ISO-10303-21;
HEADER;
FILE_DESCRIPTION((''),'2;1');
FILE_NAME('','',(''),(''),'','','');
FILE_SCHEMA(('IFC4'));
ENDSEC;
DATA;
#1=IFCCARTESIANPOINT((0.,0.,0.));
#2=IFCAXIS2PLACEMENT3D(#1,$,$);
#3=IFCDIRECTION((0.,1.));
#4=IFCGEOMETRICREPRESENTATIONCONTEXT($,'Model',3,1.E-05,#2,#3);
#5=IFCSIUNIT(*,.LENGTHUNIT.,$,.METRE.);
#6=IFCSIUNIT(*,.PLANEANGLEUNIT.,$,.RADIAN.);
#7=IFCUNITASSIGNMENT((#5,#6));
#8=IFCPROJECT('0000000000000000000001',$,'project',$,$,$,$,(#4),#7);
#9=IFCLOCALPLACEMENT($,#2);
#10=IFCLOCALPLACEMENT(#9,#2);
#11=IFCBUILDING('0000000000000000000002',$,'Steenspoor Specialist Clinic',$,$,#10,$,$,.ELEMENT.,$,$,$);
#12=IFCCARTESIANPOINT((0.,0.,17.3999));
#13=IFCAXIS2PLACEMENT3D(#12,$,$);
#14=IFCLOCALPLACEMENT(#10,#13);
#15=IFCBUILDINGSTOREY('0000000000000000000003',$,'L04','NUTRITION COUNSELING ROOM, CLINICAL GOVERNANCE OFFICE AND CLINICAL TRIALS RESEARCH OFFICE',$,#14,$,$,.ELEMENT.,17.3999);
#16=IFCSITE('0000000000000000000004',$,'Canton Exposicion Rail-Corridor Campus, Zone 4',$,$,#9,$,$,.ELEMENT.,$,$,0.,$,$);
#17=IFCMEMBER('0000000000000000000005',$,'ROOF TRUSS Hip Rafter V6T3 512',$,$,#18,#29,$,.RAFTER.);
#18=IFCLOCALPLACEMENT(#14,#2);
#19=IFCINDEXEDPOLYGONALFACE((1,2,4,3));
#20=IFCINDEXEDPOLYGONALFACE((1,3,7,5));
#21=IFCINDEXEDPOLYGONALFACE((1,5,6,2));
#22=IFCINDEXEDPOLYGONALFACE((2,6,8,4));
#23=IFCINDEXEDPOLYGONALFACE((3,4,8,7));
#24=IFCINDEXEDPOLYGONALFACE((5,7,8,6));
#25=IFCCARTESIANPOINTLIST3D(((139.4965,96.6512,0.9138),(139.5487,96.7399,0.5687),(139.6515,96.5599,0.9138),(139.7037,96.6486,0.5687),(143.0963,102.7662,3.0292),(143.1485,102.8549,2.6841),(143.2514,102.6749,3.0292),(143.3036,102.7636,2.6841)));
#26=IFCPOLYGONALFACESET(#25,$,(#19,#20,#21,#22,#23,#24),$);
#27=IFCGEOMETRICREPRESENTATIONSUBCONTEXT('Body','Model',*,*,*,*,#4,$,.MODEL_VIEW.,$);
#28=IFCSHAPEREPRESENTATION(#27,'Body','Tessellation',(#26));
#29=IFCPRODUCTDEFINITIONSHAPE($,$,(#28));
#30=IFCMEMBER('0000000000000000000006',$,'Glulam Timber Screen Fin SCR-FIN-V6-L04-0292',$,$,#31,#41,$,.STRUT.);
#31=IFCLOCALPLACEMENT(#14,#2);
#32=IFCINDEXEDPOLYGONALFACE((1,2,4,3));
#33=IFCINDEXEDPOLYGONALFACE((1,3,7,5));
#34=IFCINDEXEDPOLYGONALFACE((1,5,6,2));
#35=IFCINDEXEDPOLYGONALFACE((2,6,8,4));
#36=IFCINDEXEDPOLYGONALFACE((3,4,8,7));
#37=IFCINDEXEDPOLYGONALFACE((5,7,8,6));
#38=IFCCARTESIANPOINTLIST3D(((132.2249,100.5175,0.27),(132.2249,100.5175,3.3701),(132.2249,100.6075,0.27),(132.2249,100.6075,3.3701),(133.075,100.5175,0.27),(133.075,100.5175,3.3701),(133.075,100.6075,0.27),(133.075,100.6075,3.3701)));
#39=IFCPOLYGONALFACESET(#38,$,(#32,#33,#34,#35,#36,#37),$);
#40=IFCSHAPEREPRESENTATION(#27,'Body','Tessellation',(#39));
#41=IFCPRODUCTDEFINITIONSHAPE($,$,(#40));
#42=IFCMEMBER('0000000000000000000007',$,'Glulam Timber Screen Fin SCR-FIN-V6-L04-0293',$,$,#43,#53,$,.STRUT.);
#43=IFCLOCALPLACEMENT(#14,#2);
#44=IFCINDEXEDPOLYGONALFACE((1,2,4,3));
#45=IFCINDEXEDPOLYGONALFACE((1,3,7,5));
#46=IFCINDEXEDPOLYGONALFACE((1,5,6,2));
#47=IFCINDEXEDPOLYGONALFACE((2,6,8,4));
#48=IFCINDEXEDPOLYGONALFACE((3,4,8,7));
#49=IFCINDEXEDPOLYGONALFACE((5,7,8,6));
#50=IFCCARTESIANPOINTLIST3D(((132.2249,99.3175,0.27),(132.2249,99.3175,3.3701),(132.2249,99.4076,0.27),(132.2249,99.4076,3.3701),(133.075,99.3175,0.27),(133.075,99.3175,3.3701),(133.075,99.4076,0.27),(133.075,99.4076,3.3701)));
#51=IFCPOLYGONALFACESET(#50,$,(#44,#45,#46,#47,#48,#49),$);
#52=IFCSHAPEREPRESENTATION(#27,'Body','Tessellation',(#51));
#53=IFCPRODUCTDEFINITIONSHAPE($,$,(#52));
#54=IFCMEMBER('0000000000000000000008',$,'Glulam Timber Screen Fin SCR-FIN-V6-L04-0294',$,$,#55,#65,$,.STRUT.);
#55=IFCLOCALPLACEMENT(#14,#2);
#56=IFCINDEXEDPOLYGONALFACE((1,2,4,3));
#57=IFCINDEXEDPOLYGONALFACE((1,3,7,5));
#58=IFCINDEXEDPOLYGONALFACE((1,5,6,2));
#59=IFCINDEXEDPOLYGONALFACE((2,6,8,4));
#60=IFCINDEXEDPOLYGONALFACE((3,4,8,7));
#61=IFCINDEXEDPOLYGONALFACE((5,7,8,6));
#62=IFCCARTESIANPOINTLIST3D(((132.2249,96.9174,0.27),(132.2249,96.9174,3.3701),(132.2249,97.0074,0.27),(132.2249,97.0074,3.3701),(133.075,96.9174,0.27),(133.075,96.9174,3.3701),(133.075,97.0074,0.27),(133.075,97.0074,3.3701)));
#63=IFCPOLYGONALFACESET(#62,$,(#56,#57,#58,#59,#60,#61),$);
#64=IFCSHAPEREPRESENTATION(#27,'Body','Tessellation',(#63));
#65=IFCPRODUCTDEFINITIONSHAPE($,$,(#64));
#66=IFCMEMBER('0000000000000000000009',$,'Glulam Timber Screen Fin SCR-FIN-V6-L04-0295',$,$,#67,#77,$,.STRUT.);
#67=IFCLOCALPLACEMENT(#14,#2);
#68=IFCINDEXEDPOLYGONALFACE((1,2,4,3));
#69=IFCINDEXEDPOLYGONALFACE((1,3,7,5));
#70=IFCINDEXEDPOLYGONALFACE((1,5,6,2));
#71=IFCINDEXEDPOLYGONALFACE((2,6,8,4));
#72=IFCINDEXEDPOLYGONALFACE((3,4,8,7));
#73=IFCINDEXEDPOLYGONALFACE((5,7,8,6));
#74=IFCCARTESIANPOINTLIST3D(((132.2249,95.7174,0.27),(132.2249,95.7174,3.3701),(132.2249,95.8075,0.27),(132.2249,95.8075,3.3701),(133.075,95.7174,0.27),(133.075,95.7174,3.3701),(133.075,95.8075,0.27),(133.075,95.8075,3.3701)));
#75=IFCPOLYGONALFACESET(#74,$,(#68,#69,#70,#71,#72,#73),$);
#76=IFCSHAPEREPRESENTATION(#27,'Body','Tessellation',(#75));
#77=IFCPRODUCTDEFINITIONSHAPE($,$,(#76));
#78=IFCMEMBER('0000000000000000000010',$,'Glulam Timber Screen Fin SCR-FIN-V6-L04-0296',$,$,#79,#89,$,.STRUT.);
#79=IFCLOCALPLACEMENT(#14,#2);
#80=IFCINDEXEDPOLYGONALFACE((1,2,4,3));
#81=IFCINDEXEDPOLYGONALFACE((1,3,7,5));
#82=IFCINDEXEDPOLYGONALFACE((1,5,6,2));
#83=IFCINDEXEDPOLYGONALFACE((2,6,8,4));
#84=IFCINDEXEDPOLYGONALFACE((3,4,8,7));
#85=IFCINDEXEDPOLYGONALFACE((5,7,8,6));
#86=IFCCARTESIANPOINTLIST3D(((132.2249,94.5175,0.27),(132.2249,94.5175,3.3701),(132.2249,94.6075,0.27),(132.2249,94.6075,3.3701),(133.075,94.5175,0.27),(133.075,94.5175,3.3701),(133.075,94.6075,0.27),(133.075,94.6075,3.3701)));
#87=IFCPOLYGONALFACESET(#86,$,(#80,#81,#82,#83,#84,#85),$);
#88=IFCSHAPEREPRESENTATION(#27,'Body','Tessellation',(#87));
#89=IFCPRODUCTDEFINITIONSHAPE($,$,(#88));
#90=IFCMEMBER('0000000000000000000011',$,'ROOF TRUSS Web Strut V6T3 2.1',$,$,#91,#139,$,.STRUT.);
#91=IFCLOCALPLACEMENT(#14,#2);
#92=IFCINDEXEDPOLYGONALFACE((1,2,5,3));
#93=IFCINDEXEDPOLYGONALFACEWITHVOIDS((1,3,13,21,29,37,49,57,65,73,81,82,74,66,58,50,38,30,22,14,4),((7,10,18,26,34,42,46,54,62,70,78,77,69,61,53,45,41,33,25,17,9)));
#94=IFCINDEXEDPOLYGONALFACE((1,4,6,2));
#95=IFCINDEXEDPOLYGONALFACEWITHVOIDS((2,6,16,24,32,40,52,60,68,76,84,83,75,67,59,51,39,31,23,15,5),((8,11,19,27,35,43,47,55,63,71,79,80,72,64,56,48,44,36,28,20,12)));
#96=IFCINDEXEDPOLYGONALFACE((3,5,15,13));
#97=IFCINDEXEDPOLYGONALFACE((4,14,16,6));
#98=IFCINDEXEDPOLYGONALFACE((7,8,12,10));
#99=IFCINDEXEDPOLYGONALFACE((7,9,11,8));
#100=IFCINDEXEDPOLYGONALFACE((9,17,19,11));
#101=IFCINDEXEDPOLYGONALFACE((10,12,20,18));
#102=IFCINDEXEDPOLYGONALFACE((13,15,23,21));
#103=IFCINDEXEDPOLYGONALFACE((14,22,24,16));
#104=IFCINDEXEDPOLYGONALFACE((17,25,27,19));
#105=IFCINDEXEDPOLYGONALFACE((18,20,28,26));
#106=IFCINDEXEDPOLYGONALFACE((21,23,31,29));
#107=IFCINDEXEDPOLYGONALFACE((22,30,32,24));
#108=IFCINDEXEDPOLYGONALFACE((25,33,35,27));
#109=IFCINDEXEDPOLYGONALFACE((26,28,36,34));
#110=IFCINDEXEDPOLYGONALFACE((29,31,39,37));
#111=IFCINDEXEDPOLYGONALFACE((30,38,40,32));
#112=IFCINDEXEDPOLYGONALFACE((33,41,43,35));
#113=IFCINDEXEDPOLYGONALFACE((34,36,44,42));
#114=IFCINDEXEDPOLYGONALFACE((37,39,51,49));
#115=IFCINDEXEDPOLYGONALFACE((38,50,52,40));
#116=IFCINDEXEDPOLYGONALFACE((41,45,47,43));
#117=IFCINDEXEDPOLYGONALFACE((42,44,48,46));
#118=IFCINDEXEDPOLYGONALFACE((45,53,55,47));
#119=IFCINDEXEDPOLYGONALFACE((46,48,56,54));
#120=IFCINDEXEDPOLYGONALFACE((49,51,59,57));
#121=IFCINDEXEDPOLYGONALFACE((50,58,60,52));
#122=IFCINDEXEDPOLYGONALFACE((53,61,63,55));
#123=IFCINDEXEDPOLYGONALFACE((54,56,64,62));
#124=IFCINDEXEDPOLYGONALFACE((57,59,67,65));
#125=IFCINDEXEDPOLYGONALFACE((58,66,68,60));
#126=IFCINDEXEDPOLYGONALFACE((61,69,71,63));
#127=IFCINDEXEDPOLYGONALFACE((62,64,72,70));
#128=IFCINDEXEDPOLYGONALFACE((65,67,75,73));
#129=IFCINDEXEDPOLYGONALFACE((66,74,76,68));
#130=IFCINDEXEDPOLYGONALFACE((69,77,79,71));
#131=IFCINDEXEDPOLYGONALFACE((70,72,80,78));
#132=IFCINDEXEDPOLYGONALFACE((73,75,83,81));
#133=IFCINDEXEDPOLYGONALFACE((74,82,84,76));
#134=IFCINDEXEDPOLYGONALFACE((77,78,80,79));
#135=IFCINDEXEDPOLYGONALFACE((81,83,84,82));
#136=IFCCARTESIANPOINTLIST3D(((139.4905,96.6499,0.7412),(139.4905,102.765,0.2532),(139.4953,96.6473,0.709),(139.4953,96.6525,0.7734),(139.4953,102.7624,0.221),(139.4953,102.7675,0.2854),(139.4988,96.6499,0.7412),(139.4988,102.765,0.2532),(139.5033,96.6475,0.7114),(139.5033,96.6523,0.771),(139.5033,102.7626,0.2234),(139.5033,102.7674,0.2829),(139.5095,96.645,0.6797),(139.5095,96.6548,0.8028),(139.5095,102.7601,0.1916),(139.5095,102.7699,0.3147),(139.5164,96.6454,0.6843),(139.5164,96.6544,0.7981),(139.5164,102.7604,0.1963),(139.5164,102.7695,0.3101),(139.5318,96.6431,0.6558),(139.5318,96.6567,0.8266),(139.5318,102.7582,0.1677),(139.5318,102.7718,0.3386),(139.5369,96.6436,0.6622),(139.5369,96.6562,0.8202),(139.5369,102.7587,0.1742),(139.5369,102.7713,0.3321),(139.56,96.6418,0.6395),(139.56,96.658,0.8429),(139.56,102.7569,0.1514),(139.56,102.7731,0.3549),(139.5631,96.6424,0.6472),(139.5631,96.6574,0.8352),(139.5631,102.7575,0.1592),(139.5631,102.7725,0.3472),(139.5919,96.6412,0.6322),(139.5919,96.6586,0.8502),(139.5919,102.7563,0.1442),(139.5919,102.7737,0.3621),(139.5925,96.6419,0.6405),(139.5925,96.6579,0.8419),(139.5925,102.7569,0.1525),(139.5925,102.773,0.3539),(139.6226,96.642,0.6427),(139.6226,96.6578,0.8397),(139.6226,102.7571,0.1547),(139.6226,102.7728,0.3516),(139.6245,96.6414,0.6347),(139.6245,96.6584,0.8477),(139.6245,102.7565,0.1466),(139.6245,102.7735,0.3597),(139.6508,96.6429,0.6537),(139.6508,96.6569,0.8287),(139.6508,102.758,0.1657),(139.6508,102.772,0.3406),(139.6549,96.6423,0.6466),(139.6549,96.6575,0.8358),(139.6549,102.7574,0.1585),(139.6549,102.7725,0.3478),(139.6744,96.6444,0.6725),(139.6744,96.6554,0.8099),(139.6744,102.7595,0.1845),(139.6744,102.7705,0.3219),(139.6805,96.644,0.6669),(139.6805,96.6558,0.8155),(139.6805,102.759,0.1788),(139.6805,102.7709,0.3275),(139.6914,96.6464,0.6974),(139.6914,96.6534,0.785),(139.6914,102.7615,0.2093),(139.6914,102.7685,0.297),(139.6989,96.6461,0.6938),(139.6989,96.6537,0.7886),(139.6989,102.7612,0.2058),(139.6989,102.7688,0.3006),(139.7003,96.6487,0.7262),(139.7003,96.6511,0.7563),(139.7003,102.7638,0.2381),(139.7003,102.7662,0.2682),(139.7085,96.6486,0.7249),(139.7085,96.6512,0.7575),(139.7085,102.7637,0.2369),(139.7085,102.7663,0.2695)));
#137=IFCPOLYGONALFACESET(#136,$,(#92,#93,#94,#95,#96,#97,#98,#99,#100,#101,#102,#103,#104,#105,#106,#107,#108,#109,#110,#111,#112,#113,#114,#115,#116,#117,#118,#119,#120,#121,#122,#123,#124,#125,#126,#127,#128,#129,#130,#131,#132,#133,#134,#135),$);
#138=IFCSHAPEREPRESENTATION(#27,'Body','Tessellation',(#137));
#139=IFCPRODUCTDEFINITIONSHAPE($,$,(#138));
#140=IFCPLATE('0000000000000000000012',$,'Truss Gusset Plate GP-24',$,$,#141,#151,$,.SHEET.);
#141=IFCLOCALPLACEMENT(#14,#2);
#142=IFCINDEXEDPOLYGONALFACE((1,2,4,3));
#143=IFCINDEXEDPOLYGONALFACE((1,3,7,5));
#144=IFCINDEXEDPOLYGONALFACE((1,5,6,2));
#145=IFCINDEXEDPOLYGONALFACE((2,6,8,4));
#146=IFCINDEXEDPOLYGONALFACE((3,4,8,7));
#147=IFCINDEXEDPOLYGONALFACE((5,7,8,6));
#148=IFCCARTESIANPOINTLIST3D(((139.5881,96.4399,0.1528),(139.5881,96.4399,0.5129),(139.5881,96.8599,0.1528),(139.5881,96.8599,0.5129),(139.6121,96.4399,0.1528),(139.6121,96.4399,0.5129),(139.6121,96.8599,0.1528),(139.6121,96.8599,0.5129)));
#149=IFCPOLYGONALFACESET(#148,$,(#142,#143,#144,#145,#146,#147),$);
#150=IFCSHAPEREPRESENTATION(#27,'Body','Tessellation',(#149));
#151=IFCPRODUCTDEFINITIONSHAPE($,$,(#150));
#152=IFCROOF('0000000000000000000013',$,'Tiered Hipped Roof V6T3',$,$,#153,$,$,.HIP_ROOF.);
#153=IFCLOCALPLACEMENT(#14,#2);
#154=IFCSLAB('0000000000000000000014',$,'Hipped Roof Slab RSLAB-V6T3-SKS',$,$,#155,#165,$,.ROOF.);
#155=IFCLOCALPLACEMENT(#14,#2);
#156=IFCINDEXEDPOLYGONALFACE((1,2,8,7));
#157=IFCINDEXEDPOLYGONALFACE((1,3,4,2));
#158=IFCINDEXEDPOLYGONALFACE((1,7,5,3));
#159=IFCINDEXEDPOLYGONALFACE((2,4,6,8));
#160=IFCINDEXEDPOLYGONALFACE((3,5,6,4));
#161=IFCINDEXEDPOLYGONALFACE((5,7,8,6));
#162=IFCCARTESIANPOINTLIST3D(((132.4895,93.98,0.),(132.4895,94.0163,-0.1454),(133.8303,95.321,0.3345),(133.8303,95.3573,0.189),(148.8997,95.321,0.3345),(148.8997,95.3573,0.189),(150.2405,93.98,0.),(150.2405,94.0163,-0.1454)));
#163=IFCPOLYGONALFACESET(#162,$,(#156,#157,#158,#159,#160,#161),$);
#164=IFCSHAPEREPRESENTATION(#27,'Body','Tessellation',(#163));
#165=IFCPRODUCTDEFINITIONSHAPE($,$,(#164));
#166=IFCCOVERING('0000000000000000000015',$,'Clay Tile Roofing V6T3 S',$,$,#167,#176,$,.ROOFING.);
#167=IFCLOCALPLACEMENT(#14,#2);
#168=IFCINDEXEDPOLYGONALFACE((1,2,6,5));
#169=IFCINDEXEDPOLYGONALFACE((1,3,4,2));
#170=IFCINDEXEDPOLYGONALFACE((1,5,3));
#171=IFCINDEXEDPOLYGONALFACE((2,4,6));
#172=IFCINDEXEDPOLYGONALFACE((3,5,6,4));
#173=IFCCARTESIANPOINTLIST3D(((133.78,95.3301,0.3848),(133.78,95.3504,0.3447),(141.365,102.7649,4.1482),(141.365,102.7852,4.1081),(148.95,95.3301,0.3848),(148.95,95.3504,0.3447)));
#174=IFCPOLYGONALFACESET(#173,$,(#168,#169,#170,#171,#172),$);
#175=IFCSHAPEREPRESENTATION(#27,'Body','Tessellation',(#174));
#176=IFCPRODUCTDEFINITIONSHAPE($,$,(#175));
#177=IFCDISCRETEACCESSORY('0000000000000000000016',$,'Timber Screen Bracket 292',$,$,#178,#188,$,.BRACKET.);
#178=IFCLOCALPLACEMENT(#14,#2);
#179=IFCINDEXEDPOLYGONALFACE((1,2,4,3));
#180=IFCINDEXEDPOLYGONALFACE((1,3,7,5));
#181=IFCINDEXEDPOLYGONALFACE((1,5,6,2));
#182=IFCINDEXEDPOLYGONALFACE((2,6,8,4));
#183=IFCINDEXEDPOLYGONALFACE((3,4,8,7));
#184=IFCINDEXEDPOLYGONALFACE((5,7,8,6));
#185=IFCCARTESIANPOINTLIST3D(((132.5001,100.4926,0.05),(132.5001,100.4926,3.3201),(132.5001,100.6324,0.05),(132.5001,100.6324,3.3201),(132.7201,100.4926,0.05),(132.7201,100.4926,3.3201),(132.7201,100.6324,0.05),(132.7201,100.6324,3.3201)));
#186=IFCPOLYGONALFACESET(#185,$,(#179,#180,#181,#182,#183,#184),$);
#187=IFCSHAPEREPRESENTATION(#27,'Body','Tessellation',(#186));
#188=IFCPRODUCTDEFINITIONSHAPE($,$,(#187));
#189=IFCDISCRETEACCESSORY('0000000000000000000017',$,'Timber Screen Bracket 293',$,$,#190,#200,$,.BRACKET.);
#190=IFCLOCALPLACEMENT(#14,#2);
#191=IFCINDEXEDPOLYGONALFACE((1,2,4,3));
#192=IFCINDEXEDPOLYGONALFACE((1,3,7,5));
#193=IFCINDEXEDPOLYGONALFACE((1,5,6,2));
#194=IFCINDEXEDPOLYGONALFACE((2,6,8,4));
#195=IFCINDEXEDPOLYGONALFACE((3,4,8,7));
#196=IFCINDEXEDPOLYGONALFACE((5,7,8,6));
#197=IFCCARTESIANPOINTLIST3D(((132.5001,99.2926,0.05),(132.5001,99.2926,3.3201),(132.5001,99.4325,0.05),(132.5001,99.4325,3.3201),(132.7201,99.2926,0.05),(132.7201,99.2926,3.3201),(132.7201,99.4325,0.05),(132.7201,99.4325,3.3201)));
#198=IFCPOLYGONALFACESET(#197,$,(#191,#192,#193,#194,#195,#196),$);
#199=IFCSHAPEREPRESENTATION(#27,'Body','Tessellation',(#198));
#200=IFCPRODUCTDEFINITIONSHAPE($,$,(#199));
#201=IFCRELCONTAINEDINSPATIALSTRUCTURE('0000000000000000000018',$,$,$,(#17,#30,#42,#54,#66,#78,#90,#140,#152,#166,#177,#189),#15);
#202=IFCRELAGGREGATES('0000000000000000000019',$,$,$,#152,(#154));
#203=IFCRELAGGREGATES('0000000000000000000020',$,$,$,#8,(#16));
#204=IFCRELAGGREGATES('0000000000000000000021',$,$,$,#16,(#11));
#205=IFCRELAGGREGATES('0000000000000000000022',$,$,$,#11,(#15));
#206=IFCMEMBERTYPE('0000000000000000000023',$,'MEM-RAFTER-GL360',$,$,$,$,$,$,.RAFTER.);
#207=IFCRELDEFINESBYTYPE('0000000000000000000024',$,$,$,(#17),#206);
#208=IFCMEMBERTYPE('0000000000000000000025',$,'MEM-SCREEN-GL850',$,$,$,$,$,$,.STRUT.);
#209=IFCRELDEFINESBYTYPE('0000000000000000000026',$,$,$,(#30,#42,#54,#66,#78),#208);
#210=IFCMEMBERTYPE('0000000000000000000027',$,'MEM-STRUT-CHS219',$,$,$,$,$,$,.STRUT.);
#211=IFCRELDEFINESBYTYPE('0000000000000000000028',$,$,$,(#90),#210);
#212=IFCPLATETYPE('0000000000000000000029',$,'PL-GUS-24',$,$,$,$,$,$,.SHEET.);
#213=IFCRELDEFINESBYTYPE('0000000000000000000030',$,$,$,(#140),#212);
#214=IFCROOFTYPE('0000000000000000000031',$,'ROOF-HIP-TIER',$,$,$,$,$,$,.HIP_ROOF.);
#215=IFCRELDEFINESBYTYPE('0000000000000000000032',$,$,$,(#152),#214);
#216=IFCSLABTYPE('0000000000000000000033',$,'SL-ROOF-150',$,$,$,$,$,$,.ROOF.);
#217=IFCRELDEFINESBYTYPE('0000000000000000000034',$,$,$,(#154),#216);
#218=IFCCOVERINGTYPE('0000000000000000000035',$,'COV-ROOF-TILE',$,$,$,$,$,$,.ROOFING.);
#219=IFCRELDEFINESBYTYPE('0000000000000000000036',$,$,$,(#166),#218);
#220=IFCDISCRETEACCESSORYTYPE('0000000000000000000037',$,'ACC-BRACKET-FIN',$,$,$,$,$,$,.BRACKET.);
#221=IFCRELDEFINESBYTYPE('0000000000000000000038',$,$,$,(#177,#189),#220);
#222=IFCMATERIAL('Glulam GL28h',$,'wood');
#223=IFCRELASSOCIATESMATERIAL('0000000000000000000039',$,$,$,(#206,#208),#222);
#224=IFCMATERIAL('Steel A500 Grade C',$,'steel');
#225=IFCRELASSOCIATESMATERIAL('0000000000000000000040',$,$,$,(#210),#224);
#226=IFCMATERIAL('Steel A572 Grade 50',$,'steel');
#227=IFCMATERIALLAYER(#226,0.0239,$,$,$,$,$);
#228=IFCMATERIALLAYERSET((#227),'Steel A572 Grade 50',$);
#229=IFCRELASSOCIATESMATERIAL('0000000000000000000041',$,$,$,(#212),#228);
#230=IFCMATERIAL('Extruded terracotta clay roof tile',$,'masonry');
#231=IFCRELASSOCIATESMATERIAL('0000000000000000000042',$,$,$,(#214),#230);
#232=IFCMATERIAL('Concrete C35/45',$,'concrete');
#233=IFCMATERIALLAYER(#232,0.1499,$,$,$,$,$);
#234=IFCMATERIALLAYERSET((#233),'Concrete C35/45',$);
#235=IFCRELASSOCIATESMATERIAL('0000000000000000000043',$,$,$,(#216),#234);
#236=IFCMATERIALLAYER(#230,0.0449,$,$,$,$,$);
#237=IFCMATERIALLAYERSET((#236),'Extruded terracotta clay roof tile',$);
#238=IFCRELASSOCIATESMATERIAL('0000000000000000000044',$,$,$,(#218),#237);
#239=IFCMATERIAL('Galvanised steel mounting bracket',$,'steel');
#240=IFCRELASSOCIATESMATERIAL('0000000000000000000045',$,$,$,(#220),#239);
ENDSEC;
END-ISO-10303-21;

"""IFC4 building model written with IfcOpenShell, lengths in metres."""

from ifc_helpers import new_model, si_unit, direction, frame, origin, origin_2d, place, context, subcontext, project, spatial, polyline, rectangle, hollow_circle, outline, extrude, material, layer, layer_set, material_profile, profile_set, type_object, element, aggregate, save


model = new_model("IFC4")

# Units and contexts
model_context = context("Model", 3, precision=1e-05, world=origin(), true_north=direction((0.0, 1.0)))
body_context = subcontext(model_context, "Body", "Model", "MODEL_VIEW")
ifc_project = project(units=[si_unit("LENGTHUNIT", "METRE"), si_unit("PLANEANGLEUNIT", "RADIAN")], contexts=[model_context])

# Site, building, storey
site_placement = place(None, origin())
site = spatial("IfcSite", under=ifc_project, at=site_placement, Name="Canton Exposicion Rail-Corridor Campus, Zone 4", CompositionType="ELEMENT", RefElevation=0.0)
building_placement = place(site_placement, origin())
building = spatial("IfcBuilding", under=site, at=building_placement, Name="Steenspoor Specialist Clinic", CompositionType="ELEMENT")
storey_placement = place(building_placement, frame((0.0, 0.0, 17.3999)))
storey = spatial("IfcBuildingStorey", under=building, at=storey_placement, Name="L04", Description="NUTRITION COUNSELING ROOM, CLINICAL GOVERNANCE OFFICE AND CLINICAL TRIALS RESEARCH OFFICE", CompositionType="ELEMENT", Elevation=17.3999)

# Shared definitions
ifc_material_1 = material(Name="Glulam GL28h", Category="wood")

# Members
ifc_material_2 = material(Name="Steel A500 Grade C", Category="steel")
ifc_material_profile_1 = material_profile(ifc_material_1, rectangle(XDim=0.1799, YDim=0.3601, at=origin_2d()), Name="GL28H-180X360")
ifc_profile_set_1 = profile_set([ifc_material_profile_1], Name="Glulam GL28h")
member_type_1 = type_object("IfcMemberType", Name="MEM-RAFTER-GL360", PredefinedType="RAFTER", material=ifc_profile_set_1)
member_1_placement = place(storey_placement, frame((139.6001, 96.6499, 0.7412), z_axis=(0.486168, 0.825843, 0.2857), x_axis=(-0.861762, 0.507313, 0.0)))
element("IfcMember", 1, at=member_1_placement, inside=storey, type_object=member_type_1, Name="ROOF TRUSS Hip Rafter V6T3 512", PredefinedType="RAFTER", context=body_context, shape_type="SweptSolid", body=[
    extrude(rectangle(XDim=0.1799, YDim=0.3601, at=origin_2d()), origin(), (0.0, 0.0, 1.0), 7.4045),
])
ifc_material_profile_2 = material_profile(ifc_material_1, rectangle(XDim=0.0901, YDim=0.8501, at=origin_2d()), Name="GL28H-90X850")
ifc_profile_set_2 = profile_set([ifc_material_profile_2], Name="Glulam GL28h")
member_type_2 = type_object("IfcMemberType", Name="MEM-SCREEN-GL850", PredefinedType="STRUT", material=ifc_profile_set_2)
for number, where, z_axis, x_axis, name in (
    (2, (132.6499, 100.5625, 0.27), (0.0, 0.0, 1.0), (0.0, -1.0, 0.0), "Glulam Timber Screen Fin SCR-FIN-V6-L04-0292"),
    (3, (132.6499, 99.3625, 0.27), (0.0, 0.0, 1.0), (0.0, -1.0, 0.0), "Glulam Timber Screen Fin SCR-FIN-V6-L04-0293"),
    (4, (132.6499, 96.9624, 0.27), (0.0, 0.0, 1.0), (0.0, -1.0, 0.0), "Glulam Timber Screen Fin SCR-FIN-V6-L04-0294"),
    (5, (132.6499, 95.7625, 0.27), (0.0, 0.0, 1.0), (0.0, -1.0, 0.0), "Glulam Timber Screen Fin SCR-FIN-V6-L04-0295"),
    (6, (132.6499, 94.5625, 0.27), (0.0, 0.0, 1.0), (0.0, -1.0, 0.0), "Glulam Timber Screen Fin SCR-FIN-V6-L04-0296"),
):
    element("IfcMember", number, at=place(storey_placement, frame(where, z_axis=z_axis, x_axis=x_axis)), inside=storey, type_object=member_type_2, Name=name, PredefinedType="STRUT", context=body_context, shape_type="SweptSolid", body=[
        extrude(rectangle(XDim=0.0901, YDim=0.8501, at=origin_2d()), origin(), (0.0, 0.0, 1.0), 3.1001),
    ])
ifc_material_profile_3 = material_profile(ifc_material_2, hollow_circle(Radius=0.1096, WallThickness=0.0083, at=origin_2d()), Name="CHS219X8.2")
ifc_profile_set_3 = profile_set([ifc_material_profile_3], Name="Steel A500 Grade C")
member_type_3 = type_object("IfcMemberType", Name="MEM-STRUT-CHS219", PredefinedType="STRUT", material=ifc_profile_set_3)
member_2_placement = place(storey_placement, frame((139.6001, 96.6499, 0.7412), z_axis=(0.0, 0.99683, -0.079557), x_axis=(-1.0, 0.0, 0.0)))
element("IfcMember", 7, at=member_2_placement, inside=storey, type_object=member_type_3, Name="ROOF TRUSS Web Strut V6T3 2.1", PredefinedType="STRUT", context=body_context, shape_type="SweptSolid", body=[
    extrude(hollow_circle(Radius=0.1096, WallThickness=0.0083, at=origin_2d()), origin(), (0.0, 0.0, 1.0), 6.1345),
])

# Plate
ifc_material_3 = material(Name="Steel A572 Grade 50", Category="steel")
ifc_layer_1 = layer(ifc_material_3, 0.0239)
ifc_layer_set_1 = layer_set([ifc_layer_1], Name="Steel A572 Grade 50")
plate_type = type_object("IfcPlateType", Name="PL-GUS-24", PredefinedType="SHEET", material=ifc_layer_set_1)
plate_placement = place(storey_placement, frame((139.6001, 96.6499, 0.1528), z_axis=(0.0, 0.0, 1.0), x_axis=(1.0, 0.0, 0.0)))
element("IfcPlate", 8, at=plate_placement, inside=storey, type_object=plate_type, Name="Truss Gusset Plate GP-24", PredefinedType="SHEET", context=body_context, shape_type="SweptSolid", body=[
    extrude(rectangle(XDim=0.0239, YDim=0.4199, at=origin_2d()), origin(), (0.0, 0.0, 1.0), 0.3601),
])

# Roof, slab
ifc_material_4 = material(Name="Extruded terracotta clay roof tile", Category="masonry")
roof_type = type_object("IfcRoofType", Name="ROOF-HIP-TIER", PredefinedType="HIP_ROOF", material=ifc_material_4)
roof_placement = place(storey_placement, origin())
roof = element("IfcRoof", 9, at=roof_placement, inside=storey, type_object=roof_type, Name="Tiered Hipped Roof V6T3", PredefinedType="HIP_ROOF")
ifc_material_5 = material(Name="Concrete C35/45", Category="concrete")
ifc_layer_2 = layer(ifc_material_5, 0.1499)
ifc_layer_set_2 = layer_set([ifc_layer_2], Name="Concrete C35/45")
slab_type = type_object("IfcSlabType", Name="SL-ROOF-150", PredefinedType="ROOF", material=ifc_layer_set_2)
slab_placement = place(storey_placement, frame((133.8303, 95.321, 0.3345), z_axis=(0.0, -0.241995, 0.970277), x_axis=(-0.696295, -0.696422, -0.173693)))
slab = element("IfcSlab", 10, at=slab_placement, type_object=slab_type, Name="Hipped Roof Slab RSLAB-V6T3-SKS", PredefinedType="ROOF", context=body_context, shape_type="SweptSolid", body=[
    extrude(outline(polyline([(0.0, 0.0), (1.9256, 0.0), (-10.4343, 12.7409), (-10.4927, 10.8161), (0.0, 0.0)])), origin(), (0.0, 0.0, -1.0), 0.1499),
])
aggregate(roof, [slab])

# Covering
ifc_layer_3 = layer(ifc_material_4, 0.0449)
ifc_layer_set_3 = layer_set([ifc_layer_3], Name="Extruded terracotta clay roof tile")
covering_type = type_object("IfcCoveringType", Name="COV-ROOF-TILE", PredefinedType="ROOFING", material=ifc_layer_set_3)
covering_placement = place(storey_placement, frame((133.78, 95.3301, 0.3848), z_axis=(0.0, -0.451626, 0.892207), x_axis=(1.0, 0.0, 0.0)))
element("IfcCovering", 11, at=covering_placement, inside=storey, type_object=covering_type, Name="Clay Tile Roofing V6T3 S", PredefinedType="ROOFING", context=body_context, shape_type="SweptSolid", body=[
    extrude(outline(polyline([(0.0, 0.0), (15.1699, 0.0), (7.585, 8.3331), (0.0, 0.0)])), origin(), (0.0, 0.0, -1.0), 0.0449),
])

# Discrete accessories
ifc_material_6 = material(Name="Galvanised steel mounting bracket", Category="steel")
discrete_accessory_type = type_object("IfcDiscreteAccessoryType", Name="ACC-BRACKET-FIN", PredefinedType="BRACKET", material=ifc_material_6)
for number, where, z_axis, x_axis, name in (
    (12, (132.6101, 100.5625, 0.05), (0.0, 0.0, 1.0), (1.0, 0.0, 0.0), "Timber Screen Bracket 292"),
    (13, (132.6101, 99.3625, 0.05), (0.0, 0.0, 1.0), (1.0, 0.0, 0.0), "Timber Screen Bracket 293"),
):
    element("IfcDiscreteAccessory", number, at=place(storey_placement, frame(where, z_axis=z_axis, x_axis=x_axis)), inside=storey, type_object=discrete_accessory_type, Name=name, PredefinedType="BRACKET", context=body_context, shape_type="SweptSolid", body=[
        extrude(rectangle(XDim=0.22, YDim=0.1399, at=origin_2d()), origin(), (0.0, 0.0, 1.0), 3.27),
    ])

save(model, "model.ifc")
